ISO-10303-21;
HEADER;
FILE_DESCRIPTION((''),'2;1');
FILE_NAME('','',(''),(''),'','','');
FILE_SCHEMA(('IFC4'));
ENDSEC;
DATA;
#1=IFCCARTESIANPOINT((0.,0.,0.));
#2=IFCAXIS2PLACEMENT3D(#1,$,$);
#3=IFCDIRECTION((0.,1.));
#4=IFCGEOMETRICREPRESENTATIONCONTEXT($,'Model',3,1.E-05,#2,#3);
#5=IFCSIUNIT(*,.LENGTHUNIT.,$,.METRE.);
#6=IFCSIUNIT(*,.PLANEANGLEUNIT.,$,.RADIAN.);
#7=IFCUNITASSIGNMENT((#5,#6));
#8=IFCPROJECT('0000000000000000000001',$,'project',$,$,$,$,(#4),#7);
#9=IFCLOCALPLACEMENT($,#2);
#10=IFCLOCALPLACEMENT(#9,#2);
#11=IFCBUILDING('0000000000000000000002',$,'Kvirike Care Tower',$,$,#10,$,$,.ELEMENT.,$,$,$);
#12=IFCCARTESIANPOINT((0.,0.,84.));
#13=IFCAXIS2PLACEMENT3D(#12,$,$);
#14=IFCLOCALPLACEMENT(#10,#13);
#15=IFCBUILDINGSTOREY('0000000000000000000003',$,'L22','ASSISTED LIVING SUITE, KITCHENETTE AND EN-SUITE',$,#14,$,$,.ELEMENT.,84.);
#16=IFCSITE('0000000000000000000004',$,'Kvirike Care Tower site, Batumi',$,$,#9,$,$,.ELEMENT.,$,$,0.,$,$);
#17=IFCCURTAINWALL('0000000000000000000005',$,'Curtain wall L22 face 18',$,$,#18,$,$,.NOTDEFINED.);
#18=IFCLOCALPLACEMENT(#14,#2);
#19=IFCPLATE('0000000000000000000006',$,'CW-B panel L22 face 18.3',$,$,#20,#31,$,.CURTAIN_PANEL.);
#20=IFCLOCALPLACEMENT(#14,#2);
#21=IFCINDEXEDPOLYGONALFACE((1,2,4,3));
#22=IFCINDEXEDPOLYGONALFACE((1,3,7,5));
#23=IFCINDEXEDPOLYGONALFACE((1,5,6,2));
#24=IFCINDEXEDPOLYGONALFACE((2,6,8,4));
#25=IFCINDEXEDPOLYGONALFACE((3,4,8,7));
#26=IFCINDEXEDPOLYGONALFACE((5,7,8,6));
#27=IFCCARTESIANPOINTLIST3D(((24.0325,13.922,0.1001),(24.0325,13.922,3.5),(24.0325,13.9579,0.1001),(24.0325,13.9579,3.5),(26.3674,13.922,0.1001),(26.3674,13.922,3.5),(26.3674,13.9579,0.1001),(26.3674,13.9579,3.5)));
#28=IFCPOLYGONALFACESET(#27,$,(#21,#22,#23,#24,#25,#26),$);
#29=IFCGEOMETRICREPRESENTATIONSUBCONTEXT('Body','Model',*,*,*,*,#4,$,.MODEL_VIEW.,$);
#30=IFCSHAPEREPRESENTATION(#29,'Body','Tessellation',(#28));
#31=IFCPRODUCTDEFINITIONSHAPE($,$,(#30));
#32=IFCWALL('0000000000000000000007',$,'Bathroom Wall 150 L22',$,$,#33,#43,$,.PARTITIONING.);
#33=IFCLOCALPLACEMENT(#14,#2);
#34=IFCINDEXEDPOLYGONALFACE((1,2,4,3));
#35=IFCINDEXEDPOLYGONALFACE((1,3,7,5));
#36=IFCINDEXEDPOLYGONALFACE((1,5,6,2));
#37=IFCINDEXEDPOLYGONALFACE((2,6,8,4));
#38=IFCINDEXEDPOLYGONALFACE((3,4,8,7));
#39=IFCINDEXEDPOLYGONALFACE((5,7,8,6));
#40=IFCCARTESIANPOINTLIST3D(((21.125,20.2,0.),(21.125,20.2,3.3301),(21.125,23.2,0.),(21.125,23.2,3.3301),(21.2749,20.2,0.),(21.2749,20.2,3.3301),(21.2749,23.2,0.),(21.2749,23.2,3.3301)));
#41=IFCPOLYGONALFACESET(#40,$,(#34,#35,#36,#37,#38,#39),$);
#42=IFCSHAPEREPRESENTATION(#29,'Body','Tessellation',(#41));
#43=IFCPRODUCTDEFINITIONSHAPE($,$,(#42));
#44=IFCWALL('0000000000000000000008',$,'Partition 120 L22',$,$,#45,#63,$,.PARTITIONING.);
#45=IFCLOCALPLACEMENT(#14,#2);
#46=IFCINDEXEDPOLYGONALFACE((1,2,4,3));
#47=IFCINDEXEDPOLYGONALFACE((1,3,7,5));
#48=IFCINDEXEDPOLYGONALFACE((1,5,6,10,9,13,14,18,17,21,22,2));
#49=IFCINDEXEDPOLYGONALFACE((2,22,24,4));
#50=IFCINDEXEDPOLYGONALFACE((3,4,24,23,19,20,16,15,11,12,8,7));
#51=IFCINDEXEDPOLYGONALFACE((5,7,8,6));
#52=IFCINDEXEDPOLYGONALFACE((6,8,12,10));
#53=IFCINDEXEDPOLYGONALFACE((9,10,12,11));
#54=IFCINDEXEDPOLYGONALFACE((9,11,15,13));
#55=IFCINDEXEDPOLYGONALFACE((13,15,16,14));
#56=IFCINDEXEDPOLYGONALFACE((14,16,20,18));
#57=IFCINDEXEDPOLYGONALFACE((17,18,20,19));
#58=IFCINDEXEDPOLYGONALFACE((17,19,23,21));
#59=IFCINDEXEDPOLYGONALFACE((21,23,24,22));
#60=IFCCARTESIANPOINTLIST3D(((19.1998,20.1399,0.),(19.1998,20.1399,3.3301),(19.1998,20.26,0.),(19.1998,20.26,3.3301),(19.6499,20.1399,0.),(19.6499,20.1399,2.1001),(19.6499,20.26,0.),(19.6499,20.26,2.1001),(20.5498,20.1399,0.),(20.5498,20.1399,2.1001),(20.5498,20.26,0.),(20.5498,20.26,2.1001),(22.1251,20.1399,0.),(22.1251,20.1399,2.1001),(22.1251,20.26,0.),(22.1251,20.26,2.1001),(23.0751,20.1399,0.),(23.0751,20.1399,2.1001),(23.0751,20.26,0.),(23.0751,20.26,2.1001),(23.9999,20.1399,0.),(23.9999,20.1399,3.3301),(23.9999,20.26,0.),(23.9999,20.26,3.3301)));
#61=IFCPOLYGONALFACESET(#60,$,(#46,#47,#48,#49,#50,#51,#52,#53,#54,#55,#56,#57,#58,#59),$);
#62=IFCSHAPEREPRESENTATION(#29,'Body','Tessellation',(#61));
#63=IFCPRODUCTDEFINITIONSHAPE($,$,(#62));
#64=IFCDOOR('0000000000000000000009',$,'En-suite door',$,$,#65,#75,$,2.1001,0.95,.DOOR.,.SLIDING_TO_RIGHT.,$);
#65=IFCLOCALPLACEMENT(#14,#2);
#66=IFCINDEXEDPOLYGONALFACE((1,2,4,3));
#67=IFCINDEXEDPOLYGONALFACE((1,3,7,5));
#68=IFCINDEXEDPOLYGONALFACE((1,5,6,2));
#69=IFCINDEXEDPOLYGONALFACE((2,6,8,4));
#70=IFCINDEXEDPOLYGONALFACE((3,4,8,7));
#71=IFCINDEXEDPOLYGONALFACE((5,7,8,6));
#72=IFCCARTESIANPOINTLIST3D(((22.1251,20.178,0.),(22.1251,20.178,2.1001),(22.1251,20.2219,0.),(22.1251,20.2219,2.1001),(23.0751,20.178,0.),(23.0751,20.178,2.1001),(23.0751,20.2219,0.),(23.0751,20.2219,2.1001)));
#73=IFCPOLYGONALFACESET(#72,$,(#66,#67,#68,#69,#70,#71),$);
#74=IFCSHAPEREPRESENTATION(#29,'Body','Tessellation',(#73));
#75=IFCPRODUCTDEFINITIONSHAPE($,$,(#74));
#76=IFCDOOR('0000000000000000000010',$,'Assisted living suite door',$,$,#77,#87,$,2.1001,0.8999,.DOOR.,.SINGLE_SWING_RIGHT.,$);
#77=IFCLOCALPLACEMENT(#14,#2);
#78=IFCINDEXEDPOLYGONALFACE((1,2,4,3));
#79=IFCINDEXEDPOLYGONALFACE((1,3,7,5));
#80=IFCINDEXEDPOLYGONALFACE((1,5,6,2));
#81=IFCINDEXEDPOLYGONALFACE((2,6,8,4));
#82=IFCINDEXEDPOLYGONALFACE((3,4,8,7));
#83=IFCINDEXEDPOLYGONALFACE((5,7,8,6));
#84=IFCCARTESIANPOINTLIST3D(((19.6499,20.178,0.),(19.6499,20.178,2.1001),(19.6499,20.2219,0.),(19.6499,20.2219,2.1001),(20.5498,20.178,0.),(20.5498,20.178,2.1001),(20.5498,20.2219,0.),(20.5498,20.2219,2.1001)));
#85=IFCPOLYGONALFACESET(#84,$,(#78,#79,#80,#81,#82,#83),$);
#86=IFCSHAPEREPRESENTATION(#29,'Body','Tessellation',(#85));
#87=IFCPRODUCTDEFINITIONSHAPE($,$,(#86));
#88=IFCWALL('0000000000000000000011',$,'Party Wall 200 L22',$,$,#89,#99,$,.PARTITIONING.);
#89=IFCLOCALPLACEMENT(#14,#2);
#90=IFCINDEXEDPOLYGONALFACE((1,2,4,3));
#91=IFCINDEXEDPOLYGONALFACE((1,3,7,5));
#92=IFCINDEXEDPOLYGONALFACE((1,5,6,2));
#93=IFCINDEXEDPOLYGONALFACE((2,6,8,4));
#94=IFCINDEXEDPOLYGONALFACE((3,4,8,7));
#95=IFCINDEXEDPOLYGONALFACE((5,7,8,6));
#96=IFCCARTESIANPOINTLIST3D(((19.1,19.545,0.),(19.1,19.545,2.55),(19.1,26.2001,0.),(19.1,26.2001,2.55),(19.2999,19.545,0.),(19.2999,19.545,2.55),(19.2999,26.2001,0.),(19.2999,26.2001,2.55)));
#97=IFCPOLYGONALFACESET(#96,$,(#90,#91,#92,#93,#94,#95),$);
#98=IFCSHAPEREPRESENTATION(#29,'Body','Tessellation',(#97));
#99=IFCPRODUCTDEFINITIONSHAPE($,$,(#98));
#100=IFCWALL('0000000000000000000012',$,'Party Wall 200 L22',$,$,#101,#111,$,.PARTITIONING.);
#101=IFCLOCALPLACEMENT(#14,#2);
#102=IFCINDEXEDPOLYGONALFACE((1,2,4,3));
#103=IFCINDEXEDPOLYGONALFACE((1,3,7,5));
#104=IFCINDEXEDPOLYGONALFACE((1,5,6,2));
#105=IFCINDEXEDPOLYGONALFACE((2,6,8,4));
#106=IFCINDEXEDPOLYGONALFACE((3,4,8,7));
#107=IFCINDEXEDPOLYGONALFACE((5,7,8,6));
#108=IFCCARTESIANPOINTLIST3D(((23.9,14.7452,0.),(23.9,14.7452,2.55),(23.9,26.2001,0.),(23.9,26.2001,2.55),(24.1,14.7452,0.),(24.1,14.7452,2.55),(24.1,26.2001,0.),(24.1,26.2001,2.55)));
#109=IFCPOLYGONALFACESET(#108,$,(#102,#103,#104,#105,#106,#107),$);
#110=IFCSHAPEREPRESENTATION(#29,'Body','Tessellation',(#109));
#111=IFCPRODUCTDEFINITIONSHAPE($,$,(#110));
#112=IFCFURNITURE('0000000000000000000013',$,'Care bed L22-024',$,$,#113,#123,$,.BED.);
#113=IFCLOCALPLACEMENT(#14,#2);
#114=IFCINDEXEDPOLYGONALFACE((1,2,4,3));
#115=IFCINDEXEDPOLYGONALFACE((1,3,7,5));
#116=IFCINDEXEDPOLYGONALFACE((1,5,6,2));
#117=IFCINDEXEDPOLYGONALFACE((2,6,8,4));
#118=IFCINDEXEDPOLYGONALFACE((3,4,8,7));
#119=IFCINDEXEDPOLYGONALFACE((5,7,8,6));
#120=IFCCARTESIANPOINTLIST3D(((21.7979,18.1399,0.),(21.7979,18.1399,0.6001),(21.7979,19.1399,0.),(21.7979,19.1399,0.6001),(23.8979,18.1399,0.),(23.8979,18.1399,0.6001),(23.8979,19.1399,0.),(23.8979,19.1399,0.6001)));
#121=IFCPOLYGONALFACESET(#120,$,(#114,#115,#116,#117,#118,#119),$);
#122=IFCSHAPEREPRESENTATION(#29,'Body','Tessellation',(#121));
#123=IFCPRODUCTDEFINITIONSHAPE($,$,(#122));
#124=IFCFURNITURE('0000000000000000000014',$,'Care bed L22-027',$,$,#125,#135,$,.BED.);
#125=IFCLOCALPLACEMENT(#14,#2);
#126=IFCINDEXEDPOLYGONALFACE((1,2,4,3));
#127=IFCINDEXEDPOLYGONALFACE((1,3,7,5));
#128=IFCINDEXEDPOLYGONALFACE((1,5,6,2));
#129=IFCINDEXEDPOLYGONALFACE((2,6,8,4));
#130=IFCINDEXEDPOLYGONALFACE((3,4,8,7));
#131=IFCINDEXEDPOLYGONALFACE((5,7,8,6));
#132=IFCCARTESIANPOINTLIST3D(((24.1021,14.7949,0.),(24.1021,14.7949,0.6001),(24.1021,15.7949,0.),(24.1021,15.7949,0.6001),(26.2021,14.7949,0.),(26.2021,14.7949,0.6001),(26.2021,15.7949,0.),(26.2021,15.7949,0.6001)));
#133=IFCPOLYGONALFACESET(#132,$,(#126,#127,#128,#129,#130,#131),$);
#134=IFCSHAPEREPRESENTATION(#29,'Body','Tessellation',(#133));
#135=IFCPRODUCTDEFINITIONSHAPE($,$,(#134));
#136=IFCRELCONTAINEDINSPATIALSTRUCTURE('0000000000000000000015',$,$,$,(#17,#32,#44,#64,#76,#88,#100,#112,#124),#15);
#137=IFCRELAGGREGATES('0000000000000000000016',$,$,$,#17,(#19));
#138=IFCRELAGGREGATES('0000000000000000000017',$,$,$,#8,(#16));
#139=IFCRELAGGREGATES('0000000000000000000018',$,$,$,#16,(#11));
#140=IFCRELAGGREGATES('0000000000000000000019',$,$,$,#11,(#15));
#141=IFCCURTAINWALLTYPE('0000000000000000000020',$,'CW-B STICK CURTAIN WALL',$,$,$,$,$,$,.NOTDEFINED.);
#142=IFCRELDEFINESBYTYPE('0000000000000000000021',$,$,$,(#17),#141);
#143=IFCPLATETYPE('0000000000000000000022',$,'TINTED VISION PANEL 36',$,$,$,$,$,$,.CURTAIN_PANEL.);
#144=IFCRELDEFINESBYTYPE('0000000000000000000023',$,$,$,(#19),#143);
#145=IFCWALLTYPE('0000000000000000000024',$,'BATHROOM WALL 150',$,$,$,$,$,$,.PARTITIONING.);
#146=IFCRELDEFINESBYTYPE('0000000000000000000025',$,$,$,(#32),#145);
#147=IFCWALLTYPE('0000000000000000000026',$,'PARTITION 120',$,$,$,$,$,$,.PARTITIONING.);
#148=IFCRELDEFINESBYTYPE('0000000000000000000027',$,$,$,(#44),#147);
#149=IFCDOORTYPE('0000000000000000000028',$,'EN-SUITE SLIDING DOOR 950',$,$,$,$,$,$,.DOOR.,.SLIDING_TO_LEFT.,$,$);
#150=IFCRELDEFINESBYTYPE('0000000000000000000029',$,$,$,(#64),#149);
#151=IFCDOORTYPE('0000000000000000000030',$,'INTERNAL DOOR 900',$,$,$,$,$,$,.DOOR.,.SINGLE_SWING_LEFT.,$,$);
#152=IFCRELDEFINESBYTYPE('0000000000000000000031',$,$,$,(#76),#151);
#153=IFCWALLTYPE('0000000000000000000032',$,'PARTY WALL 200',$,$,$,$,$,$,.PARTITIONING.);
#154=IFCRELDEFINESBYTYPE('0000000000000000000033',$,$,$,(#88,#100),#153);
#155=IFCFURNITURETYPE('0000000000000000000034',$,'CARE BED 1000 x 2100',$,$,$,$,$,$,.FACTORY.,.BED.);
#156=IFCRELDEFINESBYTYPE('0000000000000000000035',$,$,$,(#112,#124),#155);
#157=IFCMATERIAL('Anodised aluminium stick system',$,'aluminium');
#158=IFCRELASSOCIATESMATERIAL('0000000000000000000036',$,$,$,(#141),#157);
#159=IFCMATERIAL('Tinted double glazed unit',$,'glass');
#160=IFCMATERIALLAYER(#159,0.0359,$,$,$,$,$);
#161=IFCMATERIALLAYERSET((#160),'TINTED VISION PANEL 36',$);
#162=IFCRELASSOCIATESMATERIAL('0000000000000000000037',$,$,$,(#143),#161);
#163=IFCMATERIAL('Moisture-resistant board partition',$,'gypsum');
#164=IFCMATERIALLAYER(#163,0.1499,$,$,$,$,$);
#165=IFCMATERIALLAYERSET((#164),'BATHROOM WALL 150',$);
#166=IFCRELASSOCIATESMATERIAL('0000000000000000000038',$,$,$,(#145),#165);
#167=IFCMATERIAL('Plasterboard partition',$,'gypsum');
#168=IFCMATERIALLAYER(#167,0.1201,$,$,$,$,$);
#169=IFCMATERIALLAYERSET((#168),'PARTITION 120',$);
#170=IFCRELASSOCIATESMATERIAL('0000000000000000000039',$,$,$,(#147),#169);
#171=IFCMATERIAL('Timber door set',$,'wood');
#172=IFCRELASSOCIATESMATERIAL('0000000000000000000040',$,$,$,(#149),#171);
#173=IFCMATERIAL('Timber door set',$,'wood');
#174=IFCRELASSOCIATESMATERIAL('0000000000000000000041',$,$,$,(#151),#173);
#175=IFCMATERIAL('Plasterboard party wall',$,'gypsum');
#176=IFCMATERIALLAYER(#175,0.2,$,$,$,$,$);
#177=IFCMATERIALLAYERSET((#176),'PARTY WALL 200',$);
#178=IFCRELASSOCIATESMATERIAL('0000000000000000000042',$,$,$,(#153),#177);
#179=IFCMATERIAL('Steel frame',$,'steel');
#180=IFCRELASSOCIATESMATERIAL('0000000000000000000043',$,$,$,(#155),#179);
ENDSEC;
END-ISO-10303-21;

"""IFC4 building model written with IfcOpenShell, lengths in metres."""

from ifc_helpers import new_model, si_unit, direction, frame, frame_2d, origin, origin_2d, place, context, subcontext, project, spatial, rectangle, extrude, material, layer, layer_set, type_object, element, fill, aggregate, save


model = new_model("IFC4")

# Units and contexts
model_context = context("Model", 3, precision=1e-05, world=origin(), true_north=direction((0.0, 1.0)))
body_context = subcontext(model_context, "Body", "Model", "MODEL_VIEW")
ifc_project = project(units=[si_unit("LENGTHUNIT", "METRE"), si_unit("PLANEANGLEUNIT", "RADIAN")], contexts=[model_context])

# Site, building, storey
site_placement = place(None, origin())
site = spatial("IfcSite", under=ifc_project, at=site_placement, Name="Kvirike Care Tower site, Batumi", CompositionType="ELEMENT", RefElevation=0.0)
building_placement = place(site_placement, origin())
building = spatial("IfcBuilding", under=site, at=building_placement, Name="Kvirike Care Tower", CompositionType="ELEMENT")
storey_placement = place(building_placement, frame((0.0, 0.0, 84.0)))
storey = spatial("IfcBuildingStorey", under=building, at=storey_placement, Name="L22", Description="ASSISTED LIVING SUITE, KITCHENETTE AND EN-SUITE", CompositionType="ELEMENT", Elevation=84.0)

# Curtain wall
ifc_material_1 = material(Name="Anodised aluminium stick system", Category="aluminium")
curtain_wall_type = type_object("IfcCurtainWallType", Name="CW-B STICK CURTAIN WALL", PredefinedType="NOTDEFINED", material=ifc_material_1)
curtain_wall_placement = place(storey_placement, origin())
curtain_wall = element("IfcCurtainWall", 1, at=curtain_wall_placement, inside=storey, type_object=curtain_wall_type, Name="Curtain wall L22 face 18", PredefinedType="NOTDEFINED")

# Plate
ifc_material_2 = material(Name="Tinted double glazed unit", Category="glass")
ifc_layer_1 = layer(ifc_material_2, 0.0359)
ifc_layer_set_1 = layer_set([ifc_layer_1], Name="TINTED VISION PANEL 36")
plate_type = type_object("IfcPlateType", Name="TINTED VISION PANEL 36", PredefinedType="CURTAIN_PANEL", material=ifc_layer_set_1)
plate_1_placement = place(storey_placement, frame((25.2, 13.9399, 0.1001), z_axis=(0.0, 0.0, 1.0), x_axis=(1.0, 0.0, 0.0)))
plate_1 = element("IfcPlate", 2, at=plate_1_placement, type_object=plate_type, Name="CW-B panel L22 face 18.3", PredefinedType="CURTAIN_PANEL", context=body_context, shape_type="SweptSolid", body=[
    extrude(rectangle(XDim=2.335, YDim=0.0359, at=origin_2d()), origin(), (0.0, 0.0, 1.0), 3.3999),
])
aggregate(curtain_wall, [plate_1])

# Wall
ifc_material_3 = material(Name="Moisture-resistant board partition", Category="gypsum")
ifc_layer_2 = layer(ifc_material_3, 0.1499)
ifc_layer_set_2 = layer_set([ifc_layer_2], Name="BATHROOM WALL 150")
wall_type_1 = type_object("IfcWallType", Name="BATHROOM WALL 150", PredefinedType="PARTITIONING", material=ifc_layer_set_2)
wall_1_placement = place(storey_placement, frame((21.2, 20.2, 0.0), z_axis=(0.0, 0.0, 1.0), x_axis=(0.0, 1.0, 0.0)))
element("IfcWall", 3, at=wall_1_placement, inside=storey, type_object=wall_type_1, Name="Bathroom Wall 150 L22", PredefinedType="PARTITIONING", context=body_context, shape_type="SweptSolid", body=[
    extrude(rectangle(XDim=3.0, YDim=0.1499, at=frame_2d((1.5, 0.0))), origin(), (0.0, 0.0, 1.0), 3.3301),
])

# Wall, openings, doors
ifc_material_4 = material(Name="Plasterboard partition", Category="gypsum")
ifc_layer_3 = layer(ifc_material_4, 0.1201)
ifc_layer_set_3 = layer_set([ifc_layer_3], Name="PARTITION 120")
wall_type_2 = type_object("IfcWallType", Name="PARTITION 120", PredefinedType="PARTITIONING", material=ifc_layer_set_3)
wall_2_placement = place(storey_placement, frame((19.2, 20.2, 0.0), z_axis=(0.0, 0.0, 1.0), x_axis=(1.0, 0.0, 0.0)))
wall_2 = element("IfcWall", 4, at=wall_2_placement, inside=storey, type_object=wall_type_2, Name="Partition 120 L22", PredefinedType="PARTITIONING", context=body_context, shape_type="SweptSolid", body=[
    extrude(rectangle(XDim=4.8, YDim=0.1201, at=frame_2d((2.3999, 0.0))), origin(), (0.0, 0.0, 1.0), 3.3301),
])
opening_1_placement = place(wall_2_placement, frame((0.45, 0.0, 0.0)))
opening_1 = element("IfcOpeningElement", 5, at=opening_1_placement, cuts=wall_2, PredefinedType="OPENING", context=body_context, shape_type="SweptSolid", body=[
    extrude(rectangle(XDim=0.8999, YDim=2.1001, at=frame_2d((0.45, 1.05))), frame((0.0, 0.0706, 0.0), z_axis=(0.0, -1.0, 0.0), x_axis=(1.0, 0.0, 0.0)), (0.0, 0.0, 1.0), 0.1411),
])
opening_2_placement = place(wall_2_placement, frame((2.925, 0.0, 0.0)))
opening_2 = element("IfcOpeningElement", 6, at=opening_2_placement, cuts=wall_2, PredefinedType="OPENING", context=body_context, shape_type="SweptSolid", body=[
    extrude(rectangle(XDim=0.95, YDim=2.1001, at=frame_2d((0.4751, 1.05))), frame((0.0, 0.0706, 0.0), z_axis=(0.0, -1.0, 0.0), x_axis=(1.0, 0.0, 0.0)), (0.0, 0.0, 1.0), 0.1411),
])
ifc_material_5 = material(Name="Timber door set", Category="wood")
door_type_1 = type_object("IfcDoorType", Name="EN-SUITE SLIDING DOOR 950", OperationType="SLIDING_TO_LEFT", PredefinedType="DOOR", material=ifc_material_5)
door_1_placement = place(opening_2_placement, origin())
door_1 = element("IfcDoor", 7, at=door_1_placement, inside=storey, type_object=door_type_1, Name="En-suite door", OperationType="SLIDING_TO_RIGHT", OverallHeight=2.1001, OverallWidth=0.95, PredefinedType="DOOR", context=body_context, shape_type="SweptSolid", body=[
    extrude(rectangle(XDim=0.95, YDim=2.1001, at=frame_2d((0.4751, 1.05))), frame((0.0, 0.022, 0.0), z_axis=(0.0, -1.0, 0.0), x_axis=(1.0, 0.0, 0.0)), (0.0, 0.0, 1.0), 0.0439),
])
fill(opening_2, door_1)
ifc_material_6 = material(Name="Timber door set", Category="wood")
door_type_2 = type_object("IfcDoorType", Name="INTERNAL DOOR 900", OperationType="SINGLE_SWING_LEFT", PredefinedType="DOOR", material=ifc_material_6)
door_2_placement = place(opening_1_placement, origin())
door_2 = element("IfcDoor", 8, at=door_2_placement, inside=storey, type_object=door_type_2, Name="Assisted living suite door", OperationType="SINGLE_SWING_RIGHT", OverallHeight=2.1001, OverallWidth=0.8999, PredefinedType="DOOR", context=body_context, shape_type="SweptSolid", body=[
    extrude(rectangle(XDim=0.8999, YDim=2.1001, at=frame_2d((0.45, 1.05))), frame((0.0, 0.022, 0.0), z_axis=(0.0, -1.0, 0.0), x_axis=(1.0, 0.0, 0.0)), (0.0, 0.0, 1.0), 0.0439),
])
fill(opening_1, door_2)

# Walls
ifc_material_7 = material(Name="Plasterboard party wall", Category="gypsum")
ifc_layer_4 = layer(ifc_material_7, 0.2)
ifc_layer_set_4 = layer_set([ifc_layer_4], Name="PARTY WALL 200")
wall_type_3 = type_object("IfcWallType", Name="PARTY WALL 200", PredefinedType="PARTITIONING", material=ifc_layer_set_4)
wall_3_placement = place(storey_placement, frame((19.2, 19.5449, 0.0), z_axis=(0.0, 0.0, 1.0), x_axis=(0.0, 1.0, 0.0)))
element("IfcWall", 9, at=wall_3_placement, inside=storey, type_object=wall_type_3, Name="Party Wall 200 L22", PredefinedType="PARTITIONING", context=body_context, shape_type="SweptSolid", body=[
    extrude(rectangle(XDim=6.655, YDim=0.2, at=frame_2d((3.3276, 0.0))), origin(), (0.0, 0.0, 1.0), 2.55),
])
wall_4_placement = place(storey_placement, frame((24.0, 14.7451, 0.0), z_axis=(0.0, 0.0, 1.0), x_axis=(0.0, 1.0, 0.0)))
element("IfcWall", 10, at=wall_4_placement, inside=storey, type_object=wall_type_3, Name="Party Wall 200 L22", PredefinedType="PARTITIONING", context=body_context, shape_type="SweptSolid", body=[
    extrude(rectangle(XDim=11.4548, YDim=0.2, at=frame_2d((5.7275, 0.0))), origin(), (0.0, 0.0, 1.0), 2.55),
])

# Furniture
ifc_material_8 = material(Name="Steel frame", Category="steel")
furniture_type = type_object("IfcFurnitureType", Name="CARE BED 1000 x 2100", AssemblyPlace="FACTORY", PredefinedType="BED", material=ifc_material_8)
for number, where, z_axis, x_axis, name in (
    (11, (22.8479, 18.6399, 0.0), (0.0, 0.0, 1.0), (0.0, -1.0, 0.0), "Care bed L22-024"),
    (12, (25.1521, 15.2949, 0.0), (0.0, 0.0, 1.0), (0.0, 1.0, 0.0), "Care bed L22-027"),
):
    element("IfcFurniture", number, at=place(storey_placement, frame(where, z_axis=z_axis, x_axis=x_axis)), inside=storey, type_object=furniture_type, Name=name, PredefinedType="BED", context=body_context, shape_type="SweptSolid", body=[
        extrude(rectangle(XDim=1.0, YDim=2.1001, at=origin_2d()), origin(), (0.0, 0.0, 1.0), 0.6001),
    ])

save(model, "model.ifc")
